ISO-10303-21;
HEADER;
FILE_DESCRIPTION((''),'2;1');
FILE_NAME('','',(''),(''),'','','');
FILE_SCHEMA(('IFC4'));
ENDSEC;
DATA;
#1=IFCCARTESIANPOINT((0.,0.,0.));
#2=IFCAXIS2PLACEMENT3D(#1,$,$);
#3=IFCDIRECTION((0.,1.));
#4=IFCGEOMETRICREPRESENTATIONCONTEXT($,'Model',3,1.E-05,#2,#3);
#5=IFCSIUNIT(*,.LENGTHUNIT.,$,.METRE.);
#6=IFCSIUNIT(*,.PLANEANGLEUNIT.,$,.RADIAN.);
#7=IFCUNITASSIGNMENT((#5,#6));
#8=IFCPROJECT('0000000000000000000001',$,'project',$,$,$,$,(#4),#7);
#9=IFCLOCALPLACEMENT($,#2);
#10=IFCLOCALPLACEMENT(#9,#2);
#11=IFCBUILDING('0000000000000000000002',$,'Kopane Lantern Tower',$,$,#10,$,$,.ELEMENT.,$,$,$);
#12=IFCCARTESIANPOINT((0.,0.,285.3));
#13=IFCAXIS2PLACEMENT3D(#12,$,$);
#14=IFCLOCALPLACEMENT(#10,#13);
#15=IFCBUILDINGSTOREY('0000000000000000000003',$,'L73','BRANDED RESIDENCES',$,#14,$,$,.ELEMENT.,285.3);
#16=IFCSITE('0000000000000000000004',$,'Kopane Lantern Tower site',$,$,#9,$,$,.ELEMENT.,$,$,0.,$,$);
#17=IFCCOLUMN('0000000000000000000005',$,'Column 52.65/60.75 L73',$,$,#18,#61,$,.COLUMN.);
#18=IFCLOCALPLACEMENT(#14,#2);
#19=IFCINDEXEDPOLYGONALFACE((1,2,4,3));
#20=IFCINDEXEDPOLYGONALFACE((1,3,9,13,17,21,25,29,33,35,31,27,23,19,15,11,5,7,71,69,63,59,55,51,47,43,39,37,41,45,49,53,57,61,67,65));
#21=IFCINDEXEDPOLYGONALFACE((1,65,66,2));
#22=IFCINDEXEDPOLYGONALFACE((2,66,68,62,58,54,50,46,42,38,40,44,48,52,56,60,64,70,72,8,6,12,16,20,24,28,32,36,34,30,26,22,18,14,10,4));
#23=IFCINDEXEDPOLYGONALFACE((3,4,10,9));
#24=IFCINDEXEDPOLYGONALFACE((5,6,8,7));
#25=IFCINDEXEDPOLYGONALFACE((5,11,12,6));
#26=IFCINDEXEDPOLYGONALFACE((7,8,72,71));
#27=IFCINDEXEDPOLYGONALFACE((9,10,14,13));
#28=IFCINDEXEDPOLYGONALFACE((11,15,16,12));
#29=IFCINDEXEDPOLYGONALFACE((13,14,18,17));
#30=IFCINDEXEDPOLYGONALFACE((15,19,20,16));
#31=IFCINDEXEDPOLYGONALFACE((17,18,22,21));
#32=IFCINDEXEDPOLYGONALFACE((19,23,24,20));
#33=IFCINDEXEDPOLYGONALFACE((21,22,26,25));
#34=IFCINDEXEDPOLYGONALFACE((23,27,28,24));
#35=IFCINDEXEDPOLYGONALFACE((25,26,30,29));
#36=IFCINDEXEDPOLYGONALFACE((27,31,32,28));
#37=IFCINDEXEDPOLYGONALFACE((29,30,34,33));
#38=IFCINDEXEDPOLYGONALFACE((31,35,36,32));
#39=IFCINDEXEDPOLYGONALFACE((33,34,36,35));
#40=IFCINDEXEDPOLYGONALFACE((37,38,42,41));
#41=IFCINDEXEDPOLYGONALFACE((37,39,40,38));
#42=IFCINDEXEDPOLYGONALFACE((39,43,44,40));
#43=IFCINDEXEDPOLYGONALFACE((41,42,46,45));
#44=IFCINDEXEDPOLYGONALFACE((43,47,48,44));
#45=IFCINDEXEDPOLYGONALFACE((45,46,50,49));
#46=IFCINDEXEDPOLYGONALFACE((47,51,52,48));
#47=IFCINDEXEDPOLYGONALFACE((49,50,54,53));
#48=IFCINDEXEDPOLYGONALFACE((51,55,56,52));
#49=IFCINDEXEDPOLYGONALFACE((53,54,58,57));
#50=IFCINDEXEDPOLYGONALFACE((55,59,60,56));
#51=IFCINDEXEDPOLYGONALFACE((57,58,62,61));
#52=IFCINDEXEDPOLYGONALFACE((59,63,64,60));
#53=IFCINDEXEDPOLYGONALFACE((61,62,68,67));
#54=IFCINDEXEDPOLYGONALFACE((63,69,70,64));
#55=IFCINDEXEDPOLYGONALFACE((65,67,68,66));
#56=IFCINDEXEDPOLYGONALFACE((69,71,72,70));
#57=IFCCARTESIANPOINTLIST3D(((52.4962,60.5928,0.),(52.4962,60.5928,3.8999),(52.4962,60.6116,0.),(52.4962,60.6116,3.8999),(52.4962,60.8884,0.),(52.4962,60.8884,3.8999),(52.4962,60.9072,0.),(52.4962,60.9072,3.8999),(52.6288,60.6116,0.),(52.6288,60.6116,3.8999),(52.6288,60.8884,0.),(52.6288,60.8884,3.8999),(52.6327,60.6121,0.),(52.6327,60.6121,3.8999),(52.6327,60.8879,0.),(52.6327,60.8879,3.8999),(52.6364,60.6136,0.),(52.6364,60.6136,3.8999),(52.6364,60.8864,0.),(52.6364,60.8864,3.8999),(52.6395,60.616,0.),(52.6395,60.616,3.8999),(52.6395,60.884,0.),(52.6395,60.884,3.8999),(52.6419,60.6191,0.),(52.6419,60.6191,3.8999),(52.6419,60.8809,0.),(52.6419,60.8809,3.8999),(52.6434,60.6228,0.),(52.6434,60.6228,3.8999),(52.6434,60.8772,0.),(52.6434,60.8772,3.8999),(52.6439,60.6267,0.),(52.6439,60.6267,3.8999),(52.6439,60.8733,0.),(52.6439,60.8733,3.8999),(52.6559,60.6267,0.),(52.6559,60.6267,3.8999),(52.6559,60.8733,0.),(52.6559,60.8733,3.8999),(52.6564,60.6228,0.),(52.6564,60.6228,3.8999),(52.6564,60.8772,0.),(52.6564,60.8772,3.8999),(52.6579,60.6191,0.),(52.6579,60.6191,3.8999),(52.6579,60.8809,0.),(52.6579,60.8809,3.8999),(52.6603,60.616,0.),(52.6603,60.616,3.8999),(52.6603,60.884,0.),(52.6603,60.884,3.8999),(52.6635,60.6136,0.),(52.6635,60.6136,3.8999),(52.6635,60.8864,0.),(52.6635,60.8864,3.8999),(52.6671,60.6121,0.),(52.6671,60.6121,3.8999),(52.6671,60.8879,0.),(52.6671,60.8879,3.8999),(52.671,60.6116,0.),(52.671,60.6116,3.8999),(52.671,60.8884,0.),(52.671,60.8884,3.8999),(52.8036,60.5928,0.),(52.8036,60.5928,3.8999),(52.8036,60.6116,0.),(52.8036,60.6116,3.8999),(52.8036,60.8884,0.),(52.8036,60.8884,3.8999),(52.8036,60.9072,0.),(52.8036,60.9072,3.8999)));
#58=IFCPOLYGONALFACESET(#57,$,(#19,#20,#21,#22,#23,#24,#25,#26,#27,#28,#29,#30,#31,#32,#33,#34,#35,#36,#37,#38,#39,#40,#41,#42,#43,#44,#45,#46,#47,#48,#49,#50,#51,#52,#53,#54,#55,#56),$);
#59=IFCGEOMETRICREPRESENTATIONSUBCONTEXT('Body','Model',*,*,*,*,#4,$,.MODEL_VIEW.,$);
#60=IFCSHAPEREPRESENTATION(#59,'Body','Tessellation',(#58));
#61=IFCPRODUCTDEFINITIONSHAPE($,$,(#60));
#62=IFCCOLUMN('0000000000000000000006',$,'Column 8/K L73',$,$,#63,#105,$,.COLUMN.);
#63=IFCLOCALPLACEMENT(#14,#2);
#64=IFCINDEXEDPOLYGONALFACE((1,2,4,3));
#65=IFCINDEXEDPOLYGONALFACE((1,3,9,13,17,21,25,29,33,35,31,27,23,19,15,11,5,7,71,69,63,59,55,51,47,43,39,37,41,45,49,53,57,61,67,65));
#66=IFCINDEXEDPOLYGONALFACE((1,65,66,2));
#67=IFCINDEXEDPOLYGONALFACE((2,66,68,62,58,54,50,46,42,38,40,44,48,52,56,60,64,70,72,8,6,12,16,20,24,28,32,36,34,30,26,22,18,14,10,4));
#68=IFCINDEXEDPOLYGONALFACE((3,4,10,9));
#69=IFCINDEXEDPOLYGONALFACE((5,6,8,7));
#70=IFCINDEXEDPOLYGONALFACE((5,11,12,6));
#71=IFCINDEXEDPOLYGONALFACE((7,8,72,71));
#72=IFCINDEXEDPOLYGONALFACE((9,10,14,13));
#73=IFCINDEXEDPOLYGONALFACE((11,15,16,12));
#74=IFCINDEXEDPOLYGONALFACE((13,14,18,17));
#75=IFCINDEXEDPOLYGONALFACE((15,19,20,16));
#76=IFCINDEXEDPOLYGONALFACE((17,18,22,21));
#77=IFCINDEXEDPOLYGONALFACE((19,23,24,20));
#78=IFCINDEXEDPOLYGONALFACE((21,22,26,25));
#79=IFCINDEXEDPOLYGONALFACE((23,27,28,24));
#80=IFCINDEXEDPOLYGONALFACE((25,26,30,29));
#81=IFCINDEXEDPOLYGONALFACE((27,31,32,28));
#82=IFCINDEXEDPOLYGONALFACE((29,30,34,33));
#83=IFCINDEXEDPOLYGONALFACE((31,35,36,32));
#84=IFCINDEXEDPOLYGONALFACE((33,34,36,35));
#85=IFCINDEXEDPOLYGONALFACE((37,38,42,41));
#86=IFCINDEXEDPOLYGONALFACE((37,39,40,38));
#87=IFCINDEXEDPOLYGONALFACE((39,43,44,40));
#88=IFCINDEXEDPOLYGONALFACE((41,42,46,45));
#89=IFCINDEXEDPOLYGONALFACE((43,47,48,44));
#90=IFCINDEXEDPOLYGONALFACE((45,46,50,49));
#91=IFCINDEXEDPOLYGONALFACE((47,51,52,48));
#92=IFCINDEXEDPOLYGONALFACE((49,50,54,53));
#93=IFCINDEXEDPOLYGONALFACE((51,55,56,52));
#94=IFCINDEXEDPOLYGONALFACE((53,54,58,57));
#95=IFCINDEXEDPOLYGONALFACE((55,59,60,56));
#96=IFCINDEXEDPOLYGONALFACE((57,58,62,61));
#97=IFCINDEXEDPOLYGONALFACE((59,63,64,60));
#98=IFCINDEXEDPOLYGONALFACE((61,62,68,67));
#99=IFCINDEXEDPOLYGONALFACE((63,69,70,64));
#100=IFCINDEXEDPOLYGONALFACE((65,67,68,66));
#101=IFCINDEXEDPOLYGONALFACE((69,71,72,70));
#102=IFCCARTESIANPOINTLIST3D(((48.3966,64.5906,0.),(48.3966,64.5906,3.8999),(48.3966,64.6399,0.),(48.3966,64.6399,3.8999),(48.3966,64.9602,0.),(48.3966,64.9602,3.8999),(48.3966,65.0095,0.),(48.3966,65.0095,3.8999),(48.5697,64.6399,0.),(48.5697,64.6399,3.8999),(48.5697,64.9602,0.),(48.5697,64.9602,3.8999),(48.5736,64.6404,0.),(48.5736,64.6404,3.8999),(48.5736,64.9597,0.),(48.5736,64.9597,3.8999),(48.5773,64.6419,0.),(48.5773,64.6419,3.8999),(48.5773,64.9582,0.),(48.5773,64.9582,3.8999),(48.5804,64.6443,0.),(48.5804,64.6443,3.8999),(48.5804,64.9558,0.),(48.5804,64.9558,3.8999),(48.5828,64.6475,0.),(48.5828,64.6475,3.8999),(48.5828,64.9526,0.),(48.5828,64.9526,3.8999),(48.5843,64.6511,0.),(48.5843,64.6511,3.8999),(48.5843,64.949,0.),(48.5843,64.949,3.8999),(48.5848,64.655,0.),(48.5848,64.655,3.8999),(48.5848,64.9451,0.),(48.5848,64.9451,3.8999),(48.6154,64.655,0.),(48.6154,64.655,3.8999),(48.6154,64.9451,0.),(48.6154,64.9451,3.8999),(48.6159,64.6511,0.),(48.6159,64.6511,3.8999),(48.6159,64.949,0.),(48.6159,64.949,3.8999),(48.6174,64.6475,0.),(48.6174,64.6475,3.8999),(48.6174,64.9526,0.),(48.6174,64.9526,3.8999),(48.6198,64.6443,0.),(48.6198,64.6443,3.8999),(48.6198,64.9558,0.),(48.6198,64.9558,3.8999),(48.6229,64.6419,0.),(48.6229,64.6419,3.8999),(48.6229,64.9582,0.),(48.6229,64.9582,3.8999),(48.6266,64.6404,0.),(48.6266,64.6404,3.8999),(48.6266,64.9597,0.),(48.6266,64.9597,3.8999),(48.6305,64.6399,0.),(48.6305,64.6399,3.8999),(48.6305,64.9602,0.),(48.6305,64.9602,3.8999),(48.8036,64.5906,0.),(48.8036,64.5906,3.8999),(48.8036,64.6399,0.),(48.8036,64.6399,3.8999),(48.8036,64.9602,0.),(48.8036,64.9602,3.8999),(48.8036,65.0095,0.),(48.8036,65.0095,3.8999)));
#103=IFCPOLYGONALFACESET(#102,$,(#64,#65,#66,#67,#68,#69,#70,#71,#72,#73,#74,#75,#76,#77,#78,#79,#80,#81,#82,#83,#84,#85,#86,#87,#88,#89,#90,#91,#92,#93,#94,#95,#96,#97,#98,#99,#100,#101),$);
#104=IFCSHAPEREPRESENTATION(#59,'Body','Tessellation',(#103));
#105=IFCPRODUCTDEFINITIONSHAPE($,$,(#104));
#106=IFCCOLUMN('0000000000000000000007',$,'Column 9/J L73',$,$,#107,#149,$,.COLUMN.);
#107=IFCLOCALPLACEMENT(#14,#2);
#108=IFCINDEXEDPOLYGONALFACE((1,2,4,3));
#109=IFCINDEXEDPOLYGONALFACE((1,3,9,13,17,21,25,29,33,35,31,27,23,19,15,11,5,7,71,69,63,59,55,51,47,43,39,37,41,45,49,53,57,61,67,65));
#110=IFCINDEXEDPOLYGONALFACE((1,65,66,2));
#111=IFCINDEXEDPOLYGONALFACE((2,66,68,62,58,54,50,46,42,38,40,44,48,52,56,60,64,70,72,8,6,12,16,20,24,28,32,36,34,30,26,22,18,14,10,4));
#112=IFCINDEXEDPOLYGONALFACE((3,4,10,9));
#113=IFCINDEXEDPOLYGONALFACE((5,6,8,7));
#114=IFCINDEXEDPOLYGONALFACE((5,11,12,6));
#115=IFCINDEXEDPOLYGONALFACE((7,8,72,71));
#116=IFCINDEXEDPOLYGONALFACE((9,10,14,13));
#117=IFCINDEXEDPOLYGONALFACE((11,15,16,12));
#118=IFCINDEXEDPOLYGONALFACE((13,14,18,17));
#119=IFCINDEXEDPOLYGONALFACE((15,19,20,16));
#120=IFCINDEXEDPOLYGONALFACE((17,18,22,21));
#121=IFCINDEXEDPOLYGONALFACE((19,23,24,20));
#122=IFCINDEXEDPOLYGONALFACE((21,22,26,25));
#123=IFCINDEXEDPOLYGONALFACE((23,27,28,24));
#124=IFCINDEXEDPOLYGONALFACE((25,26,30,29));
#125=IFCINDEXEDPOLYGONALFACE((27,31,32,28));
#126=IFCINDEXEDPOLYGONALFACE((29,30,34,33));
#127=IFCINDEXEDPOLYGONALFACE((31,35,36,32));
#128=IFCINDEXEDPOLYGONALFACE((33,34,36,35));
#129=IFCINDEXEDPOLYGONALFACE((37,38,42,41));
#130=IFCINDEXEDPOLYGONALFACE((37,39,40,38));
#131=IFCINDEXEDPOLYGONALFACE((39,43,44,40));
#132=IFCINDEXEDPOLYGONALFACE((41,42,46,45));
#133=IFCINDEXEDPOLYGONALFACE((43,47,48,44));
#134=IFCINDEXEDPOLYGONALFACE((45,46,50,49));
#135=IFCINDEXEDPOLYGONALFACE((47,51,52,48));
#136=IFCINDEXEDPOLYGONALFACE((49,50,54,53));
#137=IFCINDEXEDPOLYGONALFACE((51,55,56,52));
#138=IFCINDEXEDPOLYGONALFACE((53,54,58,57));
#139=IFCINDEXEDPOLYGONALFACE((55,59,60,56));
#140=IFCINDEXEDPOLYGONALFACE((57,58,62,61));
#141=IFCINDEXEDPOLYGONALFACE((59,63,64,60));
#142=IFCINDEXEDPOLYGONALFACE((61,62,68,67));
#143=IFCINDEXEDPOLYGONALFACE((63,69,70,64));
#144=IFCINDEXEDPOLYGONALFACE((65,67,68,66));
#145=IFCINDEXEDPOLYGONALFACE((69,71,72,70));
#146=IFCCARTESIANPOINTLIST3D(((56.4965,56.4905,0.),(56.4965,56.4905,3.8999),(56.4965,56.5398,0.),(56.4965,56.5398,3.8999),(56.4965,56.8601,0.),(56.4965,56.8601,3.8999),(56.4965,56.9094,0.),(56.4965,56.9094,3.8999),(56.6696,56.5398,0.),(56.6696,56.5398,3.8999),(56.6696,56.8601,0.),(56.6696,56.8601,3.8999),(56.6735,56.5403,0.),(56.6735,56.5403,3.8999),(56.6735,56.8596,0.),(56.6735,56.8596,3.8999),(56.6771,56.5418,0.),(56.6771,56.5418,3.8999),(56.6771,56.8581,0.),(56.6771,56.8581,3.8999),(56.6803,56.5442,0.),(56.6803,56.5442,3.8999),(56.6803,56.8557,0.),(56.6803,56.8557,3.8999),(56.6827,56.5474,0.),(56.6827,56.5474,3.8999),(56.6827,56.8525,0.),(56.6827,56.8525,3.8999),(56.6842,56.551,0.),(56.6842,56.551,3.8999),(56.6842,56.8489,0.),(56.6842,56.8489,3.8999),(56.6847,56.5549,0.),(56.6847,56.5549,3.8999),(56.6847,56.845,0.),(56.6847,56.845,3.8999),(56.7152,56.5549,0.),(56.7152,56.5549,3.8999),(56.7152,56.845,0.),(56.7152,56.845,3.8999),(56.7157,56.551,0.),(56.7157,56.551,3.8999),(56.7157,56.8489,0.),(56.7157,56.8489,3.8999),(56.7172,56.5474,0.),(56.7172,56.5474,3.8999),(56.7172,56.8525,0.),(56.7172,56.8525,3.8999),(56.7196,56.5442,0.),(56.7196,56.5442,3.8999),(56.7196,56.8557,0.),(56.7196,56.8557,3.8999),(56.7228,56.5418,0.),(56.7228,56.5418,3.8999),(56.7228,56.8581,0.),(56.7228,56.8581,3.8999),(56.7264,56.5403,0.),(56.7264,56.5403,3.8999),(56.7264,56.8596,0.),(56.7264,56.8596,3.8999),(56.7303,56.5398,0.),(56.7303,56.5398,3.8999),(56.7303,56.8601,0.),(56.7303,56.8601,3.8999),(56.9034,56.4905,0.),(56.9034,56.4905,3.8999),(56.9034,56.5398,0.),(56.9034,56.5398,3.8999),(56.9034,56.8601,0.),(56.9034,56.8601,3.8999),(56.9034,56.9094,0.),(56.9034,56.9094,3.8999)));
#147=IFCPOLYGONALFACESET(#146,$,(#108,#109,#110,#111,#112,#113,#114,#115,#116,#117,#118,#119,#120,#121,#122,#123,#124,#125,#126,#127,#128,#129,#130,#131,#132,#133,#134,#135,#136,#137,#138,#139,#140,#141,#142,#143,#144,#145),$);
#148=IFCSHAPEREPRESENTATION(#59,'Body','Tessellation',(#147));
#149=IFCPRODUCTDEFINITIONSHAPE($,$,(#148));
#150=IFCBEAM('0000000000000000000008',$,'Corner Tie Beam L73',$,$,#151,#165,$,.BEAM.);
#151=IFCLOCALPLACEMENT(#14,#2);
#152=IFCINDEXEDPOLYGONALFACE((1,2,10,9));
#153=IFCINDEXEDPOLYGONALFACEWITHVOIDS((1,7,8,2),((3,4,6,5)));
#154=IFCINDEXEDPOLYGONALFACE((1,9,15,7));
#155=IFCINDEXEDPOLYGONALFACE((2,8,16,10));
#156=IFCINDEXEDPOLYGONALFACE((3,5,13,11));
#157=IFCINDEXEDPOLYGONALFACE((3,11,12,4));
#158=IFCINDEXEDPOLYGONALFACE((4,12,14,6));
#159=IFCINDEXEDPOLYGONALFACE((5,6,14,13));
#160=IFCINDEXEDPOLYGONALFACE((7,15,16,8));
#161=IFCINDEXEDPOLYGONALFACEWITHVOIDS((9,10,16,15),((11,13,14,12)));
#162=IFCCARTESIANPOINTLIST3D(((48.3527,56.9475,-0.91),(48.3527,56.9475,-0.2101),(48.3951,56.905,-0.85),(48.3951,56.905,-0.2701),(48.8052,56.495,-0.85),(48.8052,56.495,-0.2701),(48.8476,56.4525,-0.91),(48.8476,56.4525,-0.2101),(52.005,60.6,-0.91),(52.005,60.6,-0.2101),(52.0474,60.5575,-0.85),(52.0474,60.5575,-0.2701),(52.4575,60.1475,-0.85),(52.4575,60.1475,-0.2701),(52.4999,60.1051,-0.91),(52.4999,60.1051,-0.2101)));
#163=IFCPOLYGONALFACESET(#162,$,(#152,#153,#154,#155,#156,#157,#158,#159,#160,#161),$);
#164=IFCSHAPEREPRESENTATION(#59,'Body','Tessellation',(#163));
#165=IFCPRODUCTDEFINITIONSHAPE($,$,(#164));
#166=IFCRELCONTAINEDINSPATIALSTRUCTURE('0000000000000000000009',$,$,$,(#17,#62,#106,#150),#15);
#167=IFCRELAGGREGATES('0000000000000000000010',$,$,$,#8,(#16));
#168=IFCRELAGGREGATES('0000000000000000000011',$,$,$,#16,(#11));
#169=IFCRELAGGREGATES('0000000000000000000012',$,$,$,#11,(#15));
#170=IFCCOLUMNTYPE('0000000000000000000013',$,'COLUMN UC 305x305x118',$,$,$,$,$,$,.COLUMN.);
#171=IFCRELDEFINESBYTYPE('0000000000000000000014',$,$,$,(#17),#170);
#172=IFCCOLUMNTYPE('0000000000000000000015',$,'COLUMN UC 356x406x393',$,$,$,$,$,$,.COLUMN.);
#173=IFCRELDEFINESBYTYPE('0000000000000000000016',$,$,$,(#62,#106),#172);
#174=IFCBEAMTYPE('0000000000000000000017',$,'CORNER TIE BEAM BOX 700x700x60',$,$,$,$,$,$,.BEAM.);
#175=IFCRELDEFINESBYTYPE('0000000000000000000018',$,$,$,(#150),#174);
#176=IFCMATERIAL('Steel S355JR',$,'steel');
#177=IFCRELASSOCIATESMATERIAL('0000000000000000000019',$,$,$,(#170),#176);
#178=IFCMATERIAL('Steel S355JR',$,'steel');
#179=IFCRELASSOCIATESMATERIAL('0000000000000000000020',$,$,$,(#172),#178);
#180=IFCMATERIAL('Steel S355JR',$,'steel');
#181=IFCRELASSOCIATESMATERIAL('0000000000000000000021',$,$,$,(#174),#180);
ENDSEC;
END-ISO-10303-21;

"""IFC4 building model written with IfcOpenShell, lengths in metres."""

from ifc_helpers import new_model, si_unit, direction, frame, origin, origin_2d, place, context, subcontext, project, spatial, hollow_rectangle, i_section, extrude, material, material_profile, profile_set, type_object, element, save


model = new_model("IFC4")

# Units and contexts
model_context = context("Model", 3, precision=1e-05, world=origin(), true_north=direction((0.0, 1.0)))
body_context = subcontext(model_context, "Body", "Model", "MODEL_VIEW")
ifc_project = project(units=[si_unit("LENGTHUNIT", "METRE"), si_unit("PLANEANGLEUNIT", "RADIAN")], contexts=[model_context])

# Site, building, storey
site_placement = place(None, origin())
site = spatial("IfcSite", under=ifc_project, at=site_placement, Name="Kopane Lantern Tower site", CompositionType="ELEMENT", RefElevation=0.0)
building_placement = place(site_placement, origin())
building = spatial("IfcBuilding", under=site, at=building_placement, Name="Kopane Lantern Tower", CompositionType="ELEMENT")
storey_placement = place(building_placement, frame((0.0, 0.0, 285.3)))
storey = spatial("IfcBuildingStorey", under=building, at=storey_placement, Name="L73", Description="BRANDED RESIDENCES", CompositionType="ELEMENT", Elevation=285.3)

# Columns
ifc_material_1 = material(Name="Steel S355JR", Category="steel")
ifc_material_profile_1 = material_profile(ifc_material_1, i_section(OverallWidth=0.3074, OverallDepth=0.3145, WebThickness=0.012, FlangeThickness=0.0188, FilletRadius=0.0151, at=origin_2d()), Name="UC 305x305x118")
ifc_profile_set_1 = profile_set([ifc_material_profile_1], Name="Steel S355JR")
column_type_1 = type_object("IfcColumnType", Name="COLUMN UC 305x305x118", PredefinedType="COLUMN", material=ifc_profile_set_1)
column_placement = place(storey_placement, frame((52.6499, 60.75, 0.0), z_axis=(0.0, 0.0, 1.0), x_axis=(1.0, 0.0, 0.0)))
element("IfcColumn", 1, at=column_placement, inside=storey, type_object=column_type_1, Name="Column 52.65/60.75 L73", PredefinedType="COLUMN", context=body_context, shape_type="SweptSolid", body=[
    extrude(i_section(OverallWidth=0.3074, OverallDepth=0.3145, WebThickness=0.012, FlangeThickness=0.0188, FilletRadius=0.0151, at=origin_2d()), origin(), (0.0, 0.0, 1.0), 3.8999),
])
ifc_material_2 = material(Name="Steel S355JR", Category="steel")
ifc_material_profile_2 = material_profile(ifc_material_2, i_section(OverallWidth=0.407, OverallDepth=0.4189, WebThickness=0.0305, FlangeThickness=0.0493, FilletRadius=0.0151, at=origin_2d()), Name="UC 356x406x393")
ifc_profile_set_2 = profile_set([ifc_material_profile_2], Name="Steel S355JR")
column_type_2 = type_object("IfcColumnType", Name="COLUMN UC 356x406x393", PredefinedType="COLUMN", material=ifc_profile_set_2)
for number, where, z_axis, x_axis, name in (
    (2, (48.6001, 64.8, 0.0), (0.0, 0.0, 1.0), (1.0, 0.0, 0.0), "Column 8/K L73"),
    (3, (56.7, 56.7, 0.0), (0.0, 0.0, 1.0), (1.0, 0.0, 0.0), "Column 9/J L73"),
):
    element("IfcColumn", number, at=place(storey_placement, frame(where, z_axis=z_axis, x_axis=x_axis)), inside=storey, type_object=column_type_2, Name=name, PredefinedType="COLUMN", context=body_context, shape_type="SweptSolid", body=[
        extrude(i_section(OverallWidth=0.407, OverallDepth=0.4189, WebThickness=0.0305, FlangeThickness=0.0493, FilletRadius=0.0151, at=origin_2d()), origin(), (0.0, 0.0, 1.0), 3.8999),
    ])

# Beam
ifc_material_3 = material(Name="Steel S355JR", Category="steel")
ifc_material_profile_3 = material_profile(ifc_material_3, hollow_rectangle(XDim=0.7, YDim=0.7, WallThickness=0.0601, at=origin_2d()), Name="BOX 700x700x60")
ifc_profile_set_3 = profile_set([ifc_material_profile_3], Name="Steel S355JR")
beam_type_1 = type_object("IfcBeamType", Name="CORNER TIE BEAM BOX 700x700x60", PredefinedType="BEAM", material=ifc_profile_set_3)
beam_1_placement = place(storey_placement, frame((52.2524, 60.3525, -0.5601), z_axis=(-0.707083, -0.70713, 0.0), x_axis=(0.70713, -0.707083, 0.0)))
element("IfcBeam", 4, at=beam_1_placement, inside=storey, type_object=beam_type_1, Name="Corner Tie Beam L73", PredefinedType="BEAM", context=body_context, shape_type="SweptSolid", body=[
    extrude(hollow_rectangle(XDim=0.7, YDim=0.7, WallThickness=0.0601, at=origin_2d()), origin(), (0.0, 0.0, 1.0), 5.1653),
])

save(model, "model.ifc")
